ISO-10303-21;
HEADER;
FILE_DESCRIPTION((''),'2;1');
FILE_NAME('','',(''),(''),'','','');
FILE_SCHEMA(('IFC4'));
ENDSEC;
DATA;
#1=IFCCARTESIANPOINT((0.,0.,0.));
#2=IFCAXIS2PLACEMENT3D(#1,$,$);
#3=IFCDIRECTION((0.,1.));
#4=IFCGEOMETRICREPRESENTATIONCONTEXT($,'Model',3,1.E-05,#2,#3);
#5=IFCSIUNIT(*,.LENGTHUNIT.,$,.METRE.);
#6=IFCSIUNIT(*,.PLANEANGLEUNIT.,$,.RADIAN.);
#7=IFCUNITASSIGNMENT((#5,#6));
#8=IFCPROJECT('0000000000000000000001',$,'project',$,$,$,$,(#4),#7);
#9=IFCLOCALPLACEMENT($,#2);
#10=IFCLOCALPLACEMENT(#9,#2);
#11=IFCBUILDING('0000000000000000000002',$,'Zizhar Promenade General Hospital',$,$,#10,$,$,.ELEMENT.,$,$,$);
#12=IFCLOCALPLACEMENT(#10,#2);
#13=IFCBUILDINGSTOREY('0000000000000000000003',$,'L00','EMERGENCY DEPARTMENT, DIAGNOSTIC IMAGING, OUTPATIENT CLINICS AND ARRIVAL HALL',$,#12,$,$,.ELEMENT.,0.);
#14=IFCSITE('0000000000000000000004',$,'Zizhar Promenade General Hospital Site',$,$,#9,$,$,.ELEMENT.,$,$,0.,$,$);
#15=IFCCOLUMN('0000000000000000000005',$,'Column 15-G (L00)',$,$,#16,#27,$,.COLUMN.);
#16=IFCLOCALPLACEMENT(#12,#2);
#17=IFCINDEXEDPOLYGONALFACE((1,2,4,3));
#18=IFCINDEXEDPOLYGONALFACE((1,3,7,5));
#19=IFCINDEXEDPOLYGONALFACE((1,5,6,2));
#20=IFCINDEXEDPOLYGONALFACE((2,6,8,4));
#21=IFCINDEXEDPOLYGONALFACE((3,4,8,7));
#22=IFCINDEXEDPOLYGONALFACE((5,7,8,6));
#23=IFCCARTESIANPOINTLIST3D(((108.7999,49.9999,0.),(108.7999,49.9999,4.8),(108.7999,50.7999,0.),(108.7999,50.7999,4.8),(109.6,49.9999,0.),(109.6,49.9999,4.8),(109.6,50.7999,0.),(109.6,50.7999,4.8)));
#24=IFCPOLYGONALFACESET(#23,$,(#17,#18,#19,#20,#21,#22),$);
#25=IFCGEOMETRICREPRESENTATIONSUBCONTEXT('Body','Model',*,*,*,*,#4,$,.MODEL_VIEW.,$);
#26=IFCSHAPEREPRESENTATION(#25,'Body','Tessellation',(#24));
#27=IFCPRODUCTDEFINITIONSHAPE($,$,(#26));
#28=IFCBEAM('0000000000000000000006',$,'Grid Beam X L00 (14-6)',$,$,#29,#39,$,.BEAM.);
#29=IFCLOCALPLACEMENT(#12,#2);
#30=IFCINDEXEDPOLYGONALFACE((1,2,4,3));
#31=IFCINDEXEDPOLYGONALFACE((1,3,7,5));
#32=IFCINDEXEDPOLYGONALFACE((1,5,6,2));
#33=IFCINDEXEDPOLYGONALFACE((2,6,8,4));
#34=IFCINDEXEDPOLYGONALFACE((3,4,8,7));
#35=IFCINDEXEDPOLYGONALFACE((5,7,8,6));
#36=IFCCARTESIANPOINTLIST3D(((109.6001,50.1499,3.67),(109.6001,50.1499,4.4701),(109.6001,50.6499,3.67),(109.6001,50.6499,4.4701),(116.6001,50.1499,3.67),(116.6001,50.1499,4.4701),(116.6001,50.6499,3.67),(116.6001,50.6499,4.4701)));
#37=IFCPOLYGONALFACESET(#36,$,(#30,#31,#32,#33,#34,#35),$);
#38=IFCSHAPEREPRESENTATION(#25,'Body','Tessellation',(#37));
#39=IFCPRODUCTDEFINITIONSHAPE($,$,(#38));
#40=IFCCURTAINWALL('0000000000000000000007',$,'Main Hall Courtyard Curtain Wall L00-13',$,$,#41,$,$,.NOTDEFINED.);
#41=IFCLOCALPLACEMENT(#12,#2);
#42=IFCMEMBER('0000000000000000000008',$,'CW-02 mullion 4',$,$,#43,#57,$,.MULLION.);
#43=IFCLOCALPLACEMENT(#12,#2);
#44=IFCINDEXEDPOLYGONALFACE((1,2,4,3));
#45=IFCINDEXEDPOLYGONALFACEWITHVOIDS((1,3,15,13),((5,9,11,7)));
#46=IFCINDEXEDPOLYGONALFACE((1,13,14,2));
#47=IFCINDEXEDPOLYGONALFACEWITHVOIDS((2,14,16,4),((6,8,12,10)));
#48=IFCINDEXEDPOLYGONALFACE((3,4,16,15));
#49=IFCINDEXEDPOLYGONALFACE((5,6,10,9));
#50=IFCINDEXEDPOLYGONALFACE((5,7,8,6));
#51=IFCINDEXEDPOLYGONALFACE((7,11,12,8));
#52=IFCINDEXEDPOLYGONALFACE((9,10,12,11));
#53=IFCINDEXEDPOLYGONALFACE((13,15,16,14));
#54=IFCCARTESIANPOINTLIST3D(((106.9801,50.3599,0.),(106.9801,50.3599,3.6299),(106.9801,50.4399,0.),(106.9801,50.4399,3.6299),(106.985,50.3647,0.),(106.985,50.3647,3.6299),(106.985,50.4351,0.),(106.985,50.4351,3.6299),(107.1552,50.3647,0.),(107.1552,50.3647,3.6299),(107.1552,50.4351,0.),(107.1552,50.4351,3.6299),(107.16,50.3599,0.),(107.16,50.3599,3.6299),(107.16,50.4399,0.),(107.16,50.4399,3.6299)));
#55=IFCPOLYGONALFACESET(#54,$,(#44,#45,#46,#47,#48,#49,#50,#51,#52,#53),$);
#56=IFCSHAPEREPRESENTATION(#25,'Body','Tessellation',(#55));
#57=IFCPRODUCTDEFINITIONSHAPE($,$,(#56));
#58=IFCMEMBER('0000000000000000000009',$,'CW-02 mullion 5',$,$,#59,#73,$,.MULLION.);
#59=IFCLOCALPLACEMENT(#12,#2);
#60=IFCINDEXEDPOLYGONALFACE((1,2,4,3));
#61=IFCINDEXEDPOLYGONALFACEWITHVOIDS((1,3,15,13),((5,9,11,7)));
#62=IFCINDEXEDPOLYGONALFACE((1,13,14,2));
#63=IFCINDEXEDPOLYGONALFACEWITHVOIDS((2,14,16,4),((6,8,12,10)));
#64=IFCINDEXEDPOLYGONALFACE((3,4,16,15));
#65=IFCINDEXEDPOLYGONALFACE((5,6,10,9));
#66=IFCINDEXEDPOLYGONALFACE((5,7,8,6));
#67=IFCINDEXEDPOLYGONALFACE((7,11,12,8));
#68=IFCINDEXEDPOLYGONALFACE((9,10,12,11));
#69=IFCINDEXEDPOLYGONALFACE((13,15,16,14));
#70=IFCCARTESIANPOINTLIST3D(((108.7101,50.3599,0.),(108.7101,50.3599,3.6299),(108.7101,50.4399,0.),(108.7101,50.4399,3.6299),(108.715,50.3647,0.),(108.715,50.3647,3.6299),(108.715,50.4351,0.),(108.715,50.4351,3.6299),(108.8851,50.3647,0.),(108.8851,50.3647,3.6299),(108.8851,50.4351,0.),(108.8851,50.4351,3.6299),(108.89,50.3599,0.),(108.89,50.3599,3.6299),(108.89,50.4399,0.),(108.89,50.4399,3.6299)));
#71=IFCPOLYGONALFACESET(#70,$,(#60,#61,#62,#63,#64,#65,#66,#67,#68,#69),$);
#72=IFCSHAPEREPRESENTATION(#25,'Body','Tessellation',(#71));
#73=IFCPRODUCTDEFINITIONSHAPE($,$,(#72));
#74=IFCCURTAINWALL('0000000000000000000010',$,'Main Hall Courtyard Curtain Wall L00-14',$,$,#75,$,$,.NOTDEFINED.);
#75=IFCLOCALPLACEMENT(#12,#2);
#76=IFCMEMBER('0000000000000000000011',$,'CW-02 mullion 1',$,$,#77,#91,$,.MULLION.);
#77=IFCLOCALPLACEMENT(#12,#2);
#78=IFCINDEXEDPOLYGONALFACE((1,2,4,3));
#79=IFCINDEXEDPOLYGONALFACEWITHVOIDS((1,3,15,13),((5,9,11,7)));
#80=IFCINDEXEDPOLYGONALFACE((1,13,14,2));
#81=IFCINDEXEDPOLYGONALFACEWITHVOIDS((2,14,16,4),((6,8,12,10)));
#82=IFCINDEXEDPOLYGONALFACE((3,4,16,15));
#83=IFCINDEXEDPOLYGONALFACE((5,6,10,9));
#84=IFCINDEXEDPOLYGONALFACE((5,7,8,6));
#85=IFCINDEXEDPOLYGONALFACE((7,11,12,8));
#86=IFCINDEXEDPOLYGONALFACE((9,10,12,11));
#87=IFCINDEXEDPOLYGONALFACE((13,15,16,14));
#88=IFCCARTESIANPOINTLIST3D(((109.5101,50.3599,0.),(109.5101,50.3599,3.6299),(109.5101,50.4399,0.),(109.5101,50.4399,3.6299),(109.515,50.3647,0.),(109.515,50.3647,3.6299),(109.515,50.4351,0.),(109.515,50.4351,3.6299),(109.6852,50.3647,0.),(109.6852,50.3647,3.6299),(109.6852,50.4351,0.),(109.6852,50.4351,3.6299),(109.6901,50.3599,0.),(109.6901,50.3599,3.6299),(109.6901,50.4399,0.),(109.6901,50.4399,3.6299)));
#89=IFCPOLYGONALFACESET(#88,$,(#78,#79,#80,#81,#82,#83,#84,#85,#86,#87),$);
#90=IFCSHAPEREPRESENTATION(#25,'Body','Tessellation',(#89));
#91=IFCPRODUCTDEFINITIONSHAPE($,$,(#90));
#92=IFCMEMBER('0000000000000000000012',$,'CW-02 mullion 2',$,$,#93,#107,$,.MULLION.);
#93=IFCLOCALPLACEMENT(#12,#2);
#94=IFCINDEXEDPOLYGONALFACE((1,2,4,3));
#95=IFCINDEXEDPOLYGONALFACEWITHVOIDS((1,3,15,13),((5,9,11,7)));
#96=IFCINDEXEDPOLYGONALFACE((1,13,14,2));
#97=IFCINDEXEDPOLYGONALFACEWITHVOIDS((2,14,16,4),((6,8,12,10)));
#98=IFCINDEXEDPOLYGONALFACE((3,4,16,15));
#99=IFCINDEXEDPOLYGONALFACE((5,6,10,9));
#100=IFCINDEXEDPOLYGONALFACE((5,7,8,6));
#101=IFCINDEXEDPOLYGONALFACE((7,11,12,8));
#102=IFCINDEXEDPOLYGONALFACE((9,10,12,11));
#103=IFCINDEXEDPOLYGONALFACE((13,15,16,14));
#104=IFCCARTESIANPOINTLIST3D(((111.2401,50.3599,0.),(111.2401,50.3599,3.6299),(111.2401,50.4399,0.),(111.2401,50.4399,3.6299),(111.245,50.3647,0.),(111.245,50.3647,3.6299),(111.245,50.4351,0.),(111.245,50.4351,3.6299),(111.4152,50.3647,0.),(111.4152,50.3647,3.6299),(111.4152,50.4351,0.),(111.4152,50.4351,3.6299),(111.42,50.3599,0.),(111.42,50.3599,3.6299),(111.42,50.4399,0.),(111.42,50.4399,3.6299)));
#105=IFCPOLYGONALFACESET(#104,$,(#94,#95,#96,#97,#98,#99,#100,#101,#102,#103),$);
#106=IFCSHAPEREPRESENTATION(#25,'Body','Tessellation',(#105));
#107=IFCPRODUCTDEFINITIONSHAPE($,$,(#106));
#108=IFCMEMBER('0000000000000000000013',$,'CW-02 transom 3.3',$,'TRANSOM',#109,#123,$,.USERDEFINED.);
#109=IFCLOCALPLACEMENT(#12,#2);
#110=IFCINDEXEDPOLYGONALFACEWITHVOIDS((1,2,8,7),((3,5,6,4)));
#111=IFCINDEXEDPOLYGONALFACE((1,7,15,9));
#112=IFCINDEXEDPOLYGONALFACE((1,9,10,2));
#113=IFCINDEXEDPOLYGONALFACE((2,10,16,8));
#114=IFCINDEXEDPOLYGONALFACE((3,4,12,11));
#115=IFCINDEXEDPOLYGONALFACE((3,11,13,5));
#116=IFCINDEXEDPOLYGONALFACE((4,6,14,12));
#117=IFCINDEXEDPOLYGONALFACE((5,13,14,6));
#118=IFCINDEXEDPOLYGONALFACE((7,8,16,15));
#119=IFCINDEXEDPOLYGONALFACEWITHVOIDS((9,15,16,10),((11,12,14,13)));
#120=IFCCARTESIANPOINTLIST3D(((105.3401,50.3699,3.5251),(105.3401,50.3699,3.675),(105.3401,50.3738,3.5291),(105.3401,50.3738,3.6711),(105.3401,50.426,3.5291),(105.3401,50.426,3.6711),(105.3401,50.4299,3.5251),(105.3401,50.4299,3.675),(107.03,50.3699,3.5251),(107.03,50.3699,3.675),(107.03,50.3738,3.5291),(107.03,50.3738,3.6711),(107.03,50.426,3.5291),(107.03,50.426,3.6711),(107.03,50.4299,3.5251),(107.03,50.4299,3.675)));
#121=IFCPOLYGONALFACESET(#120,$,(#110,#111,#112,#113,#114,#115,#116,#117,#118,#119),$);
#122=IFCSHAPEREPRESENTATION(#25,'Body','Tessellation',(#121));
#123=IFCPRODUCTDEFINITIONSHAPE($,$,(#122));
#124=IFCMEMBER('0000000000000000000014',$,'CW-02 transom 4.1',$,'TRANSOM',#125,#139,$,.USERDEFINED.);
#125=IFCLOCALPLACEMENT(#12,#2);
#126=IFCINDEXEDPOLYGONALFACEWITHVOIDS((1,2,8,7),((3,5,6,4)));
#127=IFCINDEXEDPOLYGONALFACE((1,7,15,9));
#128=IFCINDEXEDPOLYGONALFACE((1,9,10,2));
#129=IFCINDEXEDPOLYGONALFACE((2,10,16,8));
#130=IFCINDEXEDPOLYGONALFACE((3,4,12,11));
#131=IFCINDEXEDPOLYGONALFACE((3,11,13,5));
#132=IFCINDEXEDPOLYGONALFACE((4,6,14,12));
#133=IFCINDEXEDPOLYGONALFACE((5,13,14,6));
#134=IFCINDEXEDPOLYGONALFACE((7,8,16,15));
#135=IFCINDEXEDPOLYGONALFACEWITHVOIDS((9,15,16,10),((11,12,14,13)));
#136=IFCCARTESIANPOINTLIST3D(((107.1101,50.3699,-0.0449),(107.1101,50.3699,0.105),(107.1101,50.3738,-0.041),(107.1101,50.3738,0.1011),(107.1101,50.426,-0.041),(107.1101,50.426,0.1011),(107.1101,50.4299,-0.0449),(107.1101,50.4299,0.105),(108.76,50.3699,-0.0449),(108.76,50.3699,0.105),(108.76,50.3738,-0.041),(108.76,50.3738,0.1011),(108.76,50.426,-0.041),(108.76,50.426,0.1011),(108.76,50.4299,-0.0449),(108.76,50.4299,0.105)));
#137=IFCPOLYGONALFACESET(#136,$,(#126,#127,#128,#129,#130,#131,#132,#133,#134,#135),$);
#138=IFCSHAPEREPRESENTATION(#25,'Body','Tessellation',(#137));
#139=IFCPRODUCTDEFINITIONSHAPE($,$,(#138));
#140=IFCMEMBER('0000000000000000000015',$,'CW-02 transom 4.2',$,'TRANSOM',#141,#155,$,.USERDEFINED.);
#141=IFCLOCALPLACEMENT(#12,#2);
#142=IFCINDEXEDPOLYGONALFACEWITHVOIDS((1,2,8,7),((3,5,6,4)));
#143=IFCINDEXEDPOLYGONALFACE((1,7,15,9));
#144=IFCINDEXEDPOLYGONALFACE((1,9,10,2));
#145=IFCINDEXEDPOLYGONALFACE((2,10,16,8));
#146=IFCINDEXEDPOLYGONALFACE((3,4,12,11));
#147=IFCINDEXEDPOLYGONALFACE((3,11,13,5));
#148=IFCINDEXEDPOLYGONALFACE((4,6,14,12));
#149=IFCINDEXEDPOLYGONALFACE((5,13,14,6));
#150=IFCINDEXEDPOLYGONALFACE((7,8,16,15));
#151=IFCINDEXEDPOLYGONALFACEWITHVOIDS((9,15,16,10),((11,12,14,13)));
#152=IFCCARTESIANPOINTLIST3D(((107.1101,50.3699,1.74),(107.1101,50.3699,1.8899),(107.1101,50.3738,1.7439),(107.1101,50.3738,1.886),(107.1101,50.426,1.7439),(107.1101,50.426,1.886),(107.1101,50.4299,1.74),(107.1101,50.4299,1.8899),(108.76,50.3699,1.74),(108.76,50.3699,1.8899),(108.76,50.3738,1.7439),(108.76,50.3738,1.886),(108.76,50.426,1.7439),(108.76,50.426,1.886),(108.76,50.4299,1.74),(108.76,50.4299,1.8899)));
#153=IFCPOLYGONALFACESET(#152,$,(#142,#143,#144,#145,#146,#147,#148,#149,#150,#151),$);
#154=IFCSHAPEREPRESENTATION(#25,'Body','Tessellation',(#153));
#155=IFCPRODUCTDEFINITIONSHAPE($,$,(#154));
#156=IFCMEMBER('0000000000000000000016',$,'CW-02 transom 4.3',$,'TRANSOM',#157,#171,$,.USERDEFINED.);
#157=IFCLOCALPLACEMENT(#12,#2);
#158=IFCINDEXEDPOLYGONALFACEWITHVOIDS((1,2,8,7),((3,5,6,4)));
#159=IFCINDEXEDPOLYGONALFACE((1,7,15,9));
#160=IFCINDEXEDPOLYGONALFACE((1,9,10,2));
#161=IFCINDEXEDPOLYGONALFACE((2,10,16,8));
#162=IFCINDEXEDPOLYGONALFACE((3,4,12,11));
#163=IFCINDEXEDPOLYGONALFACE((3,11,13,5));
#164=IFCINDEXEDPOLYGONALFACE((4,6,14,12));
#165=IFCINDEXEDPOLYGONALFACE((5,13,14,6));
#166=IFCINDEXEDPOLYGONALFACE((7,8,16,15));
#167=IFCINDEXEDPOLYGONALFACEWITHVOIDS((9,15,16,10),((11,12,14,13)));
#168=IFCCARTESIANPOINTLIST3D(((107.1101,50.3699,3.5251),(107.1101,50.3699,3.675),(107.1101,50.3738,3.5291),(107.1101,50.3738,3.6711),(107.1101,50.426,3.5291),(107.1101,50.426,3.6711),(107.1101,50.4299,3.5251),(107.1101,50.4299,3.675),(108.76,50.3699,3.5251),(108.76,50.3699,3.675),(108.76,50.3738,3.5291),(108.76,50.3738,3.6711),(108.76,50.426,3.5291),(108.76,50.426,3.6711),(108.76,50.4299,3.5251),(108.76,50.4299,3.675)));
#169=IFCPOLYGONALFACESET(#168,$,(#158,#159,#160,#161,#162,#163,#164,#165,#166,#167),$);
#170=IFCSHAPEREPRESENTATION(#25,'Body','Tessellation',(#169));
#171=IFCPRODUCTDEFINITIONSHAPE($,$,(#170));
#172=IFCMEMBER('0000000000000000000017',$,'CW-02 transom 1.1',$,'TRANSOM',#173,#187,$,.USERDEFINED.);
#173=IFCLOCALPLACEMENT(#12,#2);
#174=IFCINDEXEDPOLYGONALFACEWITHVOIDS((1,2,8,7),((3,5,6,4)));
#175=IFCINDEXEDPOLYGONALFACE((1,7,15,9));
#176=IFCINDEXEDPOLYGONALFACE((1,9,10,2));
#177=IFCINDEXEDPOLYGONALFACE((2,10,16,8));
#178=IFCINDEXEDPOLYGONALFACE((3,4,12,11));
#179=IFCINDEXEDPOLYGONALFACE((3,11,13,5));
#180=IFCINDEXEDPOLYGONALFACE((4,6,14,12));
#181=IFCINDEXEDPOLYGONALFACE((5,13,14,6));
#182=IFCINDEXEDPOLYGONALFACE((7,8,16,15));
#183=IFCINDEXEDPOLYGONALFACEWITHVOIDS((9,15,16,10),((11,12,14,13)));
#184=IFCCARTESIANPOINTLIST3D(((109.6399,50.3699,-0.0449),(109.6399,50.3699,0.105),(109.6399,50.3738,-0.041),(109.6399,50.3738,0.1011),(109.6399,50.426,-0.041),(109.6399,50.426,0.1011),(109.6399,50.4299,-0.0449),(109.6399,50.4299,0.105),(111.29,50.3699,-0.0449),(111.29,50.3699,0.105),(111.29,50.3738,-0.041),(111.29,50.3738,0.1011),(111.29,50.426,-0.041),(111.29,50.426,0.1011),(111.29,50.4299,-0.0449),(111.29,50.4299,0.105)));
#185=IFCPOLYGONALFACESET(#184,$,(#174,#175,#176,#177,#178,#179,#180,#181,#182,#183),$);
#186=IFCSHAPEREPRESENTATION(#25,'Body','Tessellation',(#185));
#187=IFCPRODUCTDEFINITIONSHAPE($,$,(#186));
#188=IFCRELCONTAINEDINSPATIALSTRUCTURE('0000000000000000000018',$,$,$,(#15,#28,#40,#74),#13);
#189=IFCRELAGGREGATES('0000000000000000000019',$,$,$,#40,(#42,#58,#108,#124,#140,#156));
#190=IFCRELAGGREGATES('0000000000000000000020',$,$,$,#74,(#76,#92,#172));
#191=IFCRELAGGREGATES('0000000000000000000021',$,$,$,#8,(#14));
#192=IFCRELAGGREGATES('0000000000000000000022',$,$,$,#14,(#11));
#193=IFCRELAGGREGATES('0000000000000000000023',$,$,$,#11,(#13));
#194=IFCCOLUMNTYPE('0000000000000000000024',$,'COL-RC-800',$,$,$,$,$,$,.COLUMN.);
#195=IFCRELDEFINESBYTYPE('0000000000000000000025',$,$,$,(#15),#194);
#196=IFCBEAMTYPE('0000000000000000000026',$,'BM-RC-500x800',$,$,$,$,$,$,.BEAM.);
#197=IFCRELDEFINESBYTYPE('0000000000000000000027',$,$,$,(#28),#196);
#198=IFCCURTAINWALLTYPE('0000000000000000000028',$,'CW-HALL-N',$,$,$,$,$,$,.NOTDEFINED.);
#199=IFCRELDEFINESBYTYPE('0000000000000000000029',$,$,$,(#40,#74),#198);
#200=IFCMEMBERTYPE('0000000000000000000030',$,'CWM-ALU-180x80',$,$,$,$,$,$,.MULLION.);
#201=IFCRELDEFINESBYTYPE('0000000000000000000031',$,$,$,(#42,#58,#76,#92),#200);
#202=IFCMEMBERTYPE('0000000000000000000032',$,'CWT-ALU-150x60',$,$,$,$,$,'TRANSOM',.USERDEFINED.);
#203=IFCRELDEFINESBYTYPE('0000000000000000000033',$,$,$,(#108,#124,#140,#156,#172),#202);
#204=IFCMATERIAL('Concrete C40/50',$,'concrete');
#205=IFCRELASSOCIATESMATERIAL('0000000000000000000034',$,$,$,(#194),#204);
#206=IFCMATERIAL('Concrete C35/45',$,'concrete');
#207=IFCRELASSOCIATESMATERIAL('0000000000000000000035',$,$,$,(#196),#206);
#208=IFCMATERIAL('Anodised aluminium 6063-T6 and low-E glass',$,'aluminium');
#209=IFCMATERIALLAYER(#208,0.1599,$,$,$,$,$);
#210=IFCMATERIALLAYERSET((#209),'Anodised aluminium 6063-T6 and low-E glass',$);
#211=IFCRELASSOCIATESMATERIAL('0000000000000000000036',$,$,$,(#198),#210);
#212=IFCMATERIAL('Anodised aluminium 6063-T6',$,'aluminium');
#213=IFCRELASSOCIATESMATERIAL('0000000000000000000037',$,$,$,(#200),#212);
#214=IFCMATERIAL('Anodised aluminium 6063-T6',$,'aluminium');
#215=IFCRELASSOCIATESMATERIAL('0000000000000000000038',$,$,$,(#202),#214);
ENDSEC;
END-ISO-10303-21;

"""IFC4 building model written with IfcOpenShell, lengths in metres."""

from ifc_helpers import new_model, si_unit, direction, frame, origin, origin_2d, place, context, subcontext, project, spatial, rectangle, hollow_rectangle, extrude, material, layer, layer_set, material_profile, profile_set, type_object, element, aggregate, save


model = new_model("IFC4")

# Units and contexts
model_context = context("Model", 3, precision=1e-05, world=origin(), true_north=direction((0.0, 1.0)))
body_context = subcontext(model_context, "Body", "Model", "MODEL_VIEW")
ifc_project = project(units=[si_unit("LENGTHUNIT", "METRE"), si_unit("PLANEANGLEUNIT", "RADIAN")], contexts=[model_context])

# Site, building, storey
site_placement = place(None, origin())
site = spatial("IfcSite", under=ifc_project, at=site_placement, Name="Zizhar Promenade General Hospital Site", CompositionType="ELEMENT", RefElevation=0.0)
building_placement = place(site_placement, origin())
building = spatial("IfcBuilding", under=site, at=building_placement, Name="Zizhar Promenade General Hospital", CompositionType="ELEMENT")
storey_placement = place(building_placement, origin())
storey = spatial("IfcBuildingStorey", under=building, at=storey_placement, Name="L00", Description="EMERGENCY DEPARTMENT, DIAGNOSTIC IMAGING, OUTPATIENT CLINICS AND ARRIVAL HALL", CompositionType="ELEMENT", Elevation=0.0)

# Column
ifc_material_1 = material(Name="Concrete C40/50", Category="concrete")
ifc_material_profile_1 = material_profile(ifc_material_1, rectangle(XDim=0.8, YDim=0.8, at=origin_2d()))
ifc_profile_set_1 = profile_set([ifc_material_profile_1], Name="Concrete C40/50")
column_type = type_object("IfcColumnType", Name="COL-RC-800", PredefinedType="COLUMN", material=ifc_profile_set_1)
column_placement = place(storey_placement, frame((109.2, 50.3999, 0.0), z_axis=(0.0, 0.0, 1.0), x_axis=(1.0, 0.0, 0.0)))
element("IfcColumn", 1, at=column_placement, inside=storey, type_object=column_type, Name="Column 15-G (L00)", PredefinedType="COLUMN", context=body_context, shape_type="SweptSolid", body=[
    extrude(rectangle(XDim=0.8, YDim=0.8, at=origin_2d()), origin(), (0.0, 0.0, 1.0), 4.8),
])

# Beam
ifc_material_2 = material(Name="Concrete C35/45", Category="concrete")
ifc_material_profile_2 = material_profile(ifc_material_2, rectangle(XDim=0.5, YDim=0.8, at=origin_2d()))
ifc_profile_set_2 = profile_set([ifc_material_profile_2], Name="Concrete C35/45")
beam_type = type_object("IfcBeamType", Name="BM-RC-500x800", PredefinedType="BEAM", material=ifc_profile_set_2)
beam_placement = place(storey_placement, frame((109.6001, 50.3999, 4.0701), z_axis=(1.0, 0.0, 0.0), x_axis=(0.0, 1.0, 0.0)))
element("IfcBeam", 2, at=beam_placement, inside=storey, type_object=beam_type, Name="Grid Beam X L00 (14-6)", PredefinedType="BEAM", context=body_context, shape_type="SweptSolid", body=[
    extrude(rectangle(XDim=0.5, YDim=0.8, at=origin_2d()), origin(), (0.0, 0.0, 1.0), 7.0),
])

# Curtain walls, members
ifc_material_3 = material(Name="Anodised aluminium 6063-T6 and low-E glass", Category="aluminium")
ifc_layer_1 = layer(ifc_material_3, 0.1599)
ifc_layer_set_1 = layer_set([ifc_layer_1], Name="Anodised aluminium 6063-T6 and low-E glass")
curtain_wall_type = type_object("IfcCurtainWallType", Name="CW-HALL-N", PredefinedType="NOTDEFINED", material=ifc_layer_set_1)
curtain_wall_1_placement = place(storey_placement, origin())
curtain_wall_1 = element("IfcCurtainWall", 3, at=curtain_wall_1_placement, inside=storey, type_object=curtain_wall_type, Name="Main Hall Courtyard Curtain Wall L00-13", PredefinedType="NOTDEFINED")
ifc_material_4 = material(Name="Anodised aluminium 6063-T6", Category="aluminium")
ifc_material_profile_3 = material_profile(ifc_material_4, hollow_rectangle(XDim=0.0801, YDim=0.1799, WallThickness=0.0049, at=origin_2d()))
ifc_profile_set_3 = profile_set([ifc_material_profile_3], Name="Anodised aluminium 6063-T6")
member_type_1 = type_object("IfcMemberType", Name="CWM-ALU-180x80", PredefinedType="MULLION", material=ifc_profile_set_3)
member_1_placement = place(storey_placement, frame((107.0701, 50.3999, 0.0), z_axis=(0.0, 0.0, 1.0), x_axis=(0.0, 1.0, 0.0)))
member_1 = element("IfcMember", 4, at=member_1_placement, type_object=member_type_1, Name="CW-02 mullion 4", PredefinedType="MULLION", context=body_context, shape_type="SweptSolid", body=[
    extrude(hollow_rectangle(XDim=0.0801, YDim=0.1799, WallThickness=0.0049, at=origin_2d()), origin(), (0.0, 0.0, 1.0), 3.6299),
])
member_2_placement = place(storey_placement, frame((108.8, 50.3999, 0.0), z_axis=(0.0, 0.0, 1.0), x_axis=(0.0, 1.0, 0.0)))
member_2 = element("IfcMember", 5, at=member_2_placement, type_object=member_type_1, Name="CW-02 mullion 5", PredefinedType="MULLION", context=body_context, shape_type="SweptSolid", body=[
    extrude(hollow_rectangle(XDim=0.0801, YDim=0.1799, WallThickness=0.0049, at=origin_2d()), origin(), (0.0, 0.0, 1.0), 3.6299),
])
curtain_wall_2_placement = place(storey_placement, origin())
curtain_wall_2 = element("IfcCurtainWall", 6, at=curtain_wall_2_placement, inside=storey, type_object=curtain_wall_type, Name="Main Hall Courtyard Curtain Wall L00-14", PredefinedType="NOTDEFINED")
member_3_placement = place(storey_placement, frame((109.6001, 50.3999, 0.0), z_axis=(0.0, 0.0, 1.0), x_axis=(0.0, 1.0, 0.0)))
member_3 = element("IfcMember", 7, at=member_3_placement, type_object=member_type_1, Name="CW-02 mullion 1", PredefinedType="MULLION", context=body_context, shape_type="SweptSolid", body=[
    extrude(hollow_rectangle(XDim=0.0801, YDim=0.1799, WallThickness=0.0049, at=origin_2d()), origin(), (0.0, 0.0, 1.0), 3.6299),
])
member_4_placement = place(storey_placement, frame((111.3301, 50.3999, 0.0), z_axis=(0.0, 0.0, 1.0), x_axis=(0.0, 1.0, 0.0)))
member_4 = element("IfcMember", 8, at=member_4_placement, type_object=member_type_1, Name="CW-02 mullion 2", PredefinedType="MULLION", context=body_context, shape_type="SweptSolid", body=[
    extrude(hollow_rectangle(XDim=0.0801, YDim=0.1799, WallThickness=0.0049, at=origin_2d()), origin(), (0.0, 0.0, 1.0), 3.6299),
])

# Members
ifc_material_5 = material(Name="Anodised aluminium 6063-T6", Category="aluminium")
ifc_material_profile_4 = material_profile(ifc_material_5, hollow_rectangle(XDim=0.0601, YDim=0.1499, WallThickness=0.0039, at=origin_2d()))
ifc_profile_set_4 = profile_set([ifc_material_profile_4], Name="Anodised aluminium 6063-T6")
member_type_2 = type_object("IfcMemberType", Name="CWT-ALU-150x60", ElementType="TRANSOM", PredefinedType="USERDEFINED", material=ifc_profile_set_4)
member_5_placement = place(storey_placement, frame((105.3401, 50.3999, 3.6001), z_axis=(1.0, 0.0, 0.0), x_axis=(0.0, 1.0, 0.0)))
member_5 = element("IfcMember", 9, at=member_5_placement, type_object=member_type_2, Name="CW-02 transom 3.3", ObjectType="TRANSOM", PredefinedType="USERDEFINED", context=body_context, shape_type="SweptSolid", body=[
    extrude(hollow_rectangle(XDim=0.0601, YDim=0.1499, WallThickness=0.0039, at=origin_2d()), origin(), (0.0, 0.0, 1.0), 1.6899),
])
member_6_placement = place(storey_placement, frame((107.1101, 50.3999, 0.03), z_axis=(1.0, 0.0, 0.0), x_axis=(0.0, 1.0, 0.0)))
member_6 = element("IfcMember", 10, at=member_6_placement, type_object=member_type_2, Name="CW-02 transom 4.1", ObjectType="TRANSOM", PredefinedType="USERDEFINED", context=body_context, shape_type="SweptSolid", body=[
    extrude(hollow_rectangle(XDim=0.0601, YDim=0.1499, WallThickness=0.0039, at=origin_2d()), origin(), (0.0, 0.0, 1.0), 1.6499),
])
member_7_placement = place(storey_placement, frame((107.1101, 50.3999, 1.8149), z_axis=(1.0, 0.0, 0.0), x_axis=(0.0, 1.0, 0.0)))
member_7 = element("IfcMember", 11, at=member_7_placement, type_object=member_type_2, Name="CW-02 transom 4.2", ObjectType="TRANSOM", PredefinedType="USERDEFINED", context=body_context, shape_type="SweptSolid", body=[
    extrude(hollow_rectangle(XDim=0.0601, YDim=0.1499, WallThickness=0.0039, at=origin_2d()), origin(), (0.0, 0.0, 1.0), 1.6499),
])
member_8_placement = place(storey_placement, frame((107.1101, 50.3999, 3.6001), z_axis=(1.0, 0.0, 0.0), x_axis=(0.0, 1.0, 0.0)))
member_8 = element("IfcMember", 12, at=member_8_placement, type_object=member_type_2, Name="CW-02 transom 4.3", ObjectType="TRANSOM", PredefinedType="USERDEFINED", context=body_context, shape_type="SweptSolid", body=[
    extrude(hollow_rectangle(XDim=0.0601, YDim=0.1499, WallThickness=0.0039, at=origin_2d()), origin(), (0.0, 0.0, 1.0), 1.6499),
])
member_9_placement = place(storey_placement, frame((109.6399, 50.3999, 0.03), z_axis=(1.0, 0.0, 0.0), x_axis=(0.0, 1.0, 0.0)))
member_9 = element("IfcMember", 13, at=member_9_placement, type_object=member_type_2, Name="CW-02 transom 1.1", ObjectType="TRANSOM", PredefinedType="USERDEFINED", context=body_context, shape_type="SweptSolid", body=[
    extrude(hollow_rectangle(XDim=0.0601, YDim=0.1499, WallThickness=0.0039, at=origin_2d()), origin(), (0.0, 0.0, 1.0), 1.6501),
])

aggregate(curtain_wall_1, [member_1, member_2, member_5, member_6, member_7, member_8])
aggregate(curtain_wall_2, [member_3, member_4, member_9])

save(model, "model.ifc")
